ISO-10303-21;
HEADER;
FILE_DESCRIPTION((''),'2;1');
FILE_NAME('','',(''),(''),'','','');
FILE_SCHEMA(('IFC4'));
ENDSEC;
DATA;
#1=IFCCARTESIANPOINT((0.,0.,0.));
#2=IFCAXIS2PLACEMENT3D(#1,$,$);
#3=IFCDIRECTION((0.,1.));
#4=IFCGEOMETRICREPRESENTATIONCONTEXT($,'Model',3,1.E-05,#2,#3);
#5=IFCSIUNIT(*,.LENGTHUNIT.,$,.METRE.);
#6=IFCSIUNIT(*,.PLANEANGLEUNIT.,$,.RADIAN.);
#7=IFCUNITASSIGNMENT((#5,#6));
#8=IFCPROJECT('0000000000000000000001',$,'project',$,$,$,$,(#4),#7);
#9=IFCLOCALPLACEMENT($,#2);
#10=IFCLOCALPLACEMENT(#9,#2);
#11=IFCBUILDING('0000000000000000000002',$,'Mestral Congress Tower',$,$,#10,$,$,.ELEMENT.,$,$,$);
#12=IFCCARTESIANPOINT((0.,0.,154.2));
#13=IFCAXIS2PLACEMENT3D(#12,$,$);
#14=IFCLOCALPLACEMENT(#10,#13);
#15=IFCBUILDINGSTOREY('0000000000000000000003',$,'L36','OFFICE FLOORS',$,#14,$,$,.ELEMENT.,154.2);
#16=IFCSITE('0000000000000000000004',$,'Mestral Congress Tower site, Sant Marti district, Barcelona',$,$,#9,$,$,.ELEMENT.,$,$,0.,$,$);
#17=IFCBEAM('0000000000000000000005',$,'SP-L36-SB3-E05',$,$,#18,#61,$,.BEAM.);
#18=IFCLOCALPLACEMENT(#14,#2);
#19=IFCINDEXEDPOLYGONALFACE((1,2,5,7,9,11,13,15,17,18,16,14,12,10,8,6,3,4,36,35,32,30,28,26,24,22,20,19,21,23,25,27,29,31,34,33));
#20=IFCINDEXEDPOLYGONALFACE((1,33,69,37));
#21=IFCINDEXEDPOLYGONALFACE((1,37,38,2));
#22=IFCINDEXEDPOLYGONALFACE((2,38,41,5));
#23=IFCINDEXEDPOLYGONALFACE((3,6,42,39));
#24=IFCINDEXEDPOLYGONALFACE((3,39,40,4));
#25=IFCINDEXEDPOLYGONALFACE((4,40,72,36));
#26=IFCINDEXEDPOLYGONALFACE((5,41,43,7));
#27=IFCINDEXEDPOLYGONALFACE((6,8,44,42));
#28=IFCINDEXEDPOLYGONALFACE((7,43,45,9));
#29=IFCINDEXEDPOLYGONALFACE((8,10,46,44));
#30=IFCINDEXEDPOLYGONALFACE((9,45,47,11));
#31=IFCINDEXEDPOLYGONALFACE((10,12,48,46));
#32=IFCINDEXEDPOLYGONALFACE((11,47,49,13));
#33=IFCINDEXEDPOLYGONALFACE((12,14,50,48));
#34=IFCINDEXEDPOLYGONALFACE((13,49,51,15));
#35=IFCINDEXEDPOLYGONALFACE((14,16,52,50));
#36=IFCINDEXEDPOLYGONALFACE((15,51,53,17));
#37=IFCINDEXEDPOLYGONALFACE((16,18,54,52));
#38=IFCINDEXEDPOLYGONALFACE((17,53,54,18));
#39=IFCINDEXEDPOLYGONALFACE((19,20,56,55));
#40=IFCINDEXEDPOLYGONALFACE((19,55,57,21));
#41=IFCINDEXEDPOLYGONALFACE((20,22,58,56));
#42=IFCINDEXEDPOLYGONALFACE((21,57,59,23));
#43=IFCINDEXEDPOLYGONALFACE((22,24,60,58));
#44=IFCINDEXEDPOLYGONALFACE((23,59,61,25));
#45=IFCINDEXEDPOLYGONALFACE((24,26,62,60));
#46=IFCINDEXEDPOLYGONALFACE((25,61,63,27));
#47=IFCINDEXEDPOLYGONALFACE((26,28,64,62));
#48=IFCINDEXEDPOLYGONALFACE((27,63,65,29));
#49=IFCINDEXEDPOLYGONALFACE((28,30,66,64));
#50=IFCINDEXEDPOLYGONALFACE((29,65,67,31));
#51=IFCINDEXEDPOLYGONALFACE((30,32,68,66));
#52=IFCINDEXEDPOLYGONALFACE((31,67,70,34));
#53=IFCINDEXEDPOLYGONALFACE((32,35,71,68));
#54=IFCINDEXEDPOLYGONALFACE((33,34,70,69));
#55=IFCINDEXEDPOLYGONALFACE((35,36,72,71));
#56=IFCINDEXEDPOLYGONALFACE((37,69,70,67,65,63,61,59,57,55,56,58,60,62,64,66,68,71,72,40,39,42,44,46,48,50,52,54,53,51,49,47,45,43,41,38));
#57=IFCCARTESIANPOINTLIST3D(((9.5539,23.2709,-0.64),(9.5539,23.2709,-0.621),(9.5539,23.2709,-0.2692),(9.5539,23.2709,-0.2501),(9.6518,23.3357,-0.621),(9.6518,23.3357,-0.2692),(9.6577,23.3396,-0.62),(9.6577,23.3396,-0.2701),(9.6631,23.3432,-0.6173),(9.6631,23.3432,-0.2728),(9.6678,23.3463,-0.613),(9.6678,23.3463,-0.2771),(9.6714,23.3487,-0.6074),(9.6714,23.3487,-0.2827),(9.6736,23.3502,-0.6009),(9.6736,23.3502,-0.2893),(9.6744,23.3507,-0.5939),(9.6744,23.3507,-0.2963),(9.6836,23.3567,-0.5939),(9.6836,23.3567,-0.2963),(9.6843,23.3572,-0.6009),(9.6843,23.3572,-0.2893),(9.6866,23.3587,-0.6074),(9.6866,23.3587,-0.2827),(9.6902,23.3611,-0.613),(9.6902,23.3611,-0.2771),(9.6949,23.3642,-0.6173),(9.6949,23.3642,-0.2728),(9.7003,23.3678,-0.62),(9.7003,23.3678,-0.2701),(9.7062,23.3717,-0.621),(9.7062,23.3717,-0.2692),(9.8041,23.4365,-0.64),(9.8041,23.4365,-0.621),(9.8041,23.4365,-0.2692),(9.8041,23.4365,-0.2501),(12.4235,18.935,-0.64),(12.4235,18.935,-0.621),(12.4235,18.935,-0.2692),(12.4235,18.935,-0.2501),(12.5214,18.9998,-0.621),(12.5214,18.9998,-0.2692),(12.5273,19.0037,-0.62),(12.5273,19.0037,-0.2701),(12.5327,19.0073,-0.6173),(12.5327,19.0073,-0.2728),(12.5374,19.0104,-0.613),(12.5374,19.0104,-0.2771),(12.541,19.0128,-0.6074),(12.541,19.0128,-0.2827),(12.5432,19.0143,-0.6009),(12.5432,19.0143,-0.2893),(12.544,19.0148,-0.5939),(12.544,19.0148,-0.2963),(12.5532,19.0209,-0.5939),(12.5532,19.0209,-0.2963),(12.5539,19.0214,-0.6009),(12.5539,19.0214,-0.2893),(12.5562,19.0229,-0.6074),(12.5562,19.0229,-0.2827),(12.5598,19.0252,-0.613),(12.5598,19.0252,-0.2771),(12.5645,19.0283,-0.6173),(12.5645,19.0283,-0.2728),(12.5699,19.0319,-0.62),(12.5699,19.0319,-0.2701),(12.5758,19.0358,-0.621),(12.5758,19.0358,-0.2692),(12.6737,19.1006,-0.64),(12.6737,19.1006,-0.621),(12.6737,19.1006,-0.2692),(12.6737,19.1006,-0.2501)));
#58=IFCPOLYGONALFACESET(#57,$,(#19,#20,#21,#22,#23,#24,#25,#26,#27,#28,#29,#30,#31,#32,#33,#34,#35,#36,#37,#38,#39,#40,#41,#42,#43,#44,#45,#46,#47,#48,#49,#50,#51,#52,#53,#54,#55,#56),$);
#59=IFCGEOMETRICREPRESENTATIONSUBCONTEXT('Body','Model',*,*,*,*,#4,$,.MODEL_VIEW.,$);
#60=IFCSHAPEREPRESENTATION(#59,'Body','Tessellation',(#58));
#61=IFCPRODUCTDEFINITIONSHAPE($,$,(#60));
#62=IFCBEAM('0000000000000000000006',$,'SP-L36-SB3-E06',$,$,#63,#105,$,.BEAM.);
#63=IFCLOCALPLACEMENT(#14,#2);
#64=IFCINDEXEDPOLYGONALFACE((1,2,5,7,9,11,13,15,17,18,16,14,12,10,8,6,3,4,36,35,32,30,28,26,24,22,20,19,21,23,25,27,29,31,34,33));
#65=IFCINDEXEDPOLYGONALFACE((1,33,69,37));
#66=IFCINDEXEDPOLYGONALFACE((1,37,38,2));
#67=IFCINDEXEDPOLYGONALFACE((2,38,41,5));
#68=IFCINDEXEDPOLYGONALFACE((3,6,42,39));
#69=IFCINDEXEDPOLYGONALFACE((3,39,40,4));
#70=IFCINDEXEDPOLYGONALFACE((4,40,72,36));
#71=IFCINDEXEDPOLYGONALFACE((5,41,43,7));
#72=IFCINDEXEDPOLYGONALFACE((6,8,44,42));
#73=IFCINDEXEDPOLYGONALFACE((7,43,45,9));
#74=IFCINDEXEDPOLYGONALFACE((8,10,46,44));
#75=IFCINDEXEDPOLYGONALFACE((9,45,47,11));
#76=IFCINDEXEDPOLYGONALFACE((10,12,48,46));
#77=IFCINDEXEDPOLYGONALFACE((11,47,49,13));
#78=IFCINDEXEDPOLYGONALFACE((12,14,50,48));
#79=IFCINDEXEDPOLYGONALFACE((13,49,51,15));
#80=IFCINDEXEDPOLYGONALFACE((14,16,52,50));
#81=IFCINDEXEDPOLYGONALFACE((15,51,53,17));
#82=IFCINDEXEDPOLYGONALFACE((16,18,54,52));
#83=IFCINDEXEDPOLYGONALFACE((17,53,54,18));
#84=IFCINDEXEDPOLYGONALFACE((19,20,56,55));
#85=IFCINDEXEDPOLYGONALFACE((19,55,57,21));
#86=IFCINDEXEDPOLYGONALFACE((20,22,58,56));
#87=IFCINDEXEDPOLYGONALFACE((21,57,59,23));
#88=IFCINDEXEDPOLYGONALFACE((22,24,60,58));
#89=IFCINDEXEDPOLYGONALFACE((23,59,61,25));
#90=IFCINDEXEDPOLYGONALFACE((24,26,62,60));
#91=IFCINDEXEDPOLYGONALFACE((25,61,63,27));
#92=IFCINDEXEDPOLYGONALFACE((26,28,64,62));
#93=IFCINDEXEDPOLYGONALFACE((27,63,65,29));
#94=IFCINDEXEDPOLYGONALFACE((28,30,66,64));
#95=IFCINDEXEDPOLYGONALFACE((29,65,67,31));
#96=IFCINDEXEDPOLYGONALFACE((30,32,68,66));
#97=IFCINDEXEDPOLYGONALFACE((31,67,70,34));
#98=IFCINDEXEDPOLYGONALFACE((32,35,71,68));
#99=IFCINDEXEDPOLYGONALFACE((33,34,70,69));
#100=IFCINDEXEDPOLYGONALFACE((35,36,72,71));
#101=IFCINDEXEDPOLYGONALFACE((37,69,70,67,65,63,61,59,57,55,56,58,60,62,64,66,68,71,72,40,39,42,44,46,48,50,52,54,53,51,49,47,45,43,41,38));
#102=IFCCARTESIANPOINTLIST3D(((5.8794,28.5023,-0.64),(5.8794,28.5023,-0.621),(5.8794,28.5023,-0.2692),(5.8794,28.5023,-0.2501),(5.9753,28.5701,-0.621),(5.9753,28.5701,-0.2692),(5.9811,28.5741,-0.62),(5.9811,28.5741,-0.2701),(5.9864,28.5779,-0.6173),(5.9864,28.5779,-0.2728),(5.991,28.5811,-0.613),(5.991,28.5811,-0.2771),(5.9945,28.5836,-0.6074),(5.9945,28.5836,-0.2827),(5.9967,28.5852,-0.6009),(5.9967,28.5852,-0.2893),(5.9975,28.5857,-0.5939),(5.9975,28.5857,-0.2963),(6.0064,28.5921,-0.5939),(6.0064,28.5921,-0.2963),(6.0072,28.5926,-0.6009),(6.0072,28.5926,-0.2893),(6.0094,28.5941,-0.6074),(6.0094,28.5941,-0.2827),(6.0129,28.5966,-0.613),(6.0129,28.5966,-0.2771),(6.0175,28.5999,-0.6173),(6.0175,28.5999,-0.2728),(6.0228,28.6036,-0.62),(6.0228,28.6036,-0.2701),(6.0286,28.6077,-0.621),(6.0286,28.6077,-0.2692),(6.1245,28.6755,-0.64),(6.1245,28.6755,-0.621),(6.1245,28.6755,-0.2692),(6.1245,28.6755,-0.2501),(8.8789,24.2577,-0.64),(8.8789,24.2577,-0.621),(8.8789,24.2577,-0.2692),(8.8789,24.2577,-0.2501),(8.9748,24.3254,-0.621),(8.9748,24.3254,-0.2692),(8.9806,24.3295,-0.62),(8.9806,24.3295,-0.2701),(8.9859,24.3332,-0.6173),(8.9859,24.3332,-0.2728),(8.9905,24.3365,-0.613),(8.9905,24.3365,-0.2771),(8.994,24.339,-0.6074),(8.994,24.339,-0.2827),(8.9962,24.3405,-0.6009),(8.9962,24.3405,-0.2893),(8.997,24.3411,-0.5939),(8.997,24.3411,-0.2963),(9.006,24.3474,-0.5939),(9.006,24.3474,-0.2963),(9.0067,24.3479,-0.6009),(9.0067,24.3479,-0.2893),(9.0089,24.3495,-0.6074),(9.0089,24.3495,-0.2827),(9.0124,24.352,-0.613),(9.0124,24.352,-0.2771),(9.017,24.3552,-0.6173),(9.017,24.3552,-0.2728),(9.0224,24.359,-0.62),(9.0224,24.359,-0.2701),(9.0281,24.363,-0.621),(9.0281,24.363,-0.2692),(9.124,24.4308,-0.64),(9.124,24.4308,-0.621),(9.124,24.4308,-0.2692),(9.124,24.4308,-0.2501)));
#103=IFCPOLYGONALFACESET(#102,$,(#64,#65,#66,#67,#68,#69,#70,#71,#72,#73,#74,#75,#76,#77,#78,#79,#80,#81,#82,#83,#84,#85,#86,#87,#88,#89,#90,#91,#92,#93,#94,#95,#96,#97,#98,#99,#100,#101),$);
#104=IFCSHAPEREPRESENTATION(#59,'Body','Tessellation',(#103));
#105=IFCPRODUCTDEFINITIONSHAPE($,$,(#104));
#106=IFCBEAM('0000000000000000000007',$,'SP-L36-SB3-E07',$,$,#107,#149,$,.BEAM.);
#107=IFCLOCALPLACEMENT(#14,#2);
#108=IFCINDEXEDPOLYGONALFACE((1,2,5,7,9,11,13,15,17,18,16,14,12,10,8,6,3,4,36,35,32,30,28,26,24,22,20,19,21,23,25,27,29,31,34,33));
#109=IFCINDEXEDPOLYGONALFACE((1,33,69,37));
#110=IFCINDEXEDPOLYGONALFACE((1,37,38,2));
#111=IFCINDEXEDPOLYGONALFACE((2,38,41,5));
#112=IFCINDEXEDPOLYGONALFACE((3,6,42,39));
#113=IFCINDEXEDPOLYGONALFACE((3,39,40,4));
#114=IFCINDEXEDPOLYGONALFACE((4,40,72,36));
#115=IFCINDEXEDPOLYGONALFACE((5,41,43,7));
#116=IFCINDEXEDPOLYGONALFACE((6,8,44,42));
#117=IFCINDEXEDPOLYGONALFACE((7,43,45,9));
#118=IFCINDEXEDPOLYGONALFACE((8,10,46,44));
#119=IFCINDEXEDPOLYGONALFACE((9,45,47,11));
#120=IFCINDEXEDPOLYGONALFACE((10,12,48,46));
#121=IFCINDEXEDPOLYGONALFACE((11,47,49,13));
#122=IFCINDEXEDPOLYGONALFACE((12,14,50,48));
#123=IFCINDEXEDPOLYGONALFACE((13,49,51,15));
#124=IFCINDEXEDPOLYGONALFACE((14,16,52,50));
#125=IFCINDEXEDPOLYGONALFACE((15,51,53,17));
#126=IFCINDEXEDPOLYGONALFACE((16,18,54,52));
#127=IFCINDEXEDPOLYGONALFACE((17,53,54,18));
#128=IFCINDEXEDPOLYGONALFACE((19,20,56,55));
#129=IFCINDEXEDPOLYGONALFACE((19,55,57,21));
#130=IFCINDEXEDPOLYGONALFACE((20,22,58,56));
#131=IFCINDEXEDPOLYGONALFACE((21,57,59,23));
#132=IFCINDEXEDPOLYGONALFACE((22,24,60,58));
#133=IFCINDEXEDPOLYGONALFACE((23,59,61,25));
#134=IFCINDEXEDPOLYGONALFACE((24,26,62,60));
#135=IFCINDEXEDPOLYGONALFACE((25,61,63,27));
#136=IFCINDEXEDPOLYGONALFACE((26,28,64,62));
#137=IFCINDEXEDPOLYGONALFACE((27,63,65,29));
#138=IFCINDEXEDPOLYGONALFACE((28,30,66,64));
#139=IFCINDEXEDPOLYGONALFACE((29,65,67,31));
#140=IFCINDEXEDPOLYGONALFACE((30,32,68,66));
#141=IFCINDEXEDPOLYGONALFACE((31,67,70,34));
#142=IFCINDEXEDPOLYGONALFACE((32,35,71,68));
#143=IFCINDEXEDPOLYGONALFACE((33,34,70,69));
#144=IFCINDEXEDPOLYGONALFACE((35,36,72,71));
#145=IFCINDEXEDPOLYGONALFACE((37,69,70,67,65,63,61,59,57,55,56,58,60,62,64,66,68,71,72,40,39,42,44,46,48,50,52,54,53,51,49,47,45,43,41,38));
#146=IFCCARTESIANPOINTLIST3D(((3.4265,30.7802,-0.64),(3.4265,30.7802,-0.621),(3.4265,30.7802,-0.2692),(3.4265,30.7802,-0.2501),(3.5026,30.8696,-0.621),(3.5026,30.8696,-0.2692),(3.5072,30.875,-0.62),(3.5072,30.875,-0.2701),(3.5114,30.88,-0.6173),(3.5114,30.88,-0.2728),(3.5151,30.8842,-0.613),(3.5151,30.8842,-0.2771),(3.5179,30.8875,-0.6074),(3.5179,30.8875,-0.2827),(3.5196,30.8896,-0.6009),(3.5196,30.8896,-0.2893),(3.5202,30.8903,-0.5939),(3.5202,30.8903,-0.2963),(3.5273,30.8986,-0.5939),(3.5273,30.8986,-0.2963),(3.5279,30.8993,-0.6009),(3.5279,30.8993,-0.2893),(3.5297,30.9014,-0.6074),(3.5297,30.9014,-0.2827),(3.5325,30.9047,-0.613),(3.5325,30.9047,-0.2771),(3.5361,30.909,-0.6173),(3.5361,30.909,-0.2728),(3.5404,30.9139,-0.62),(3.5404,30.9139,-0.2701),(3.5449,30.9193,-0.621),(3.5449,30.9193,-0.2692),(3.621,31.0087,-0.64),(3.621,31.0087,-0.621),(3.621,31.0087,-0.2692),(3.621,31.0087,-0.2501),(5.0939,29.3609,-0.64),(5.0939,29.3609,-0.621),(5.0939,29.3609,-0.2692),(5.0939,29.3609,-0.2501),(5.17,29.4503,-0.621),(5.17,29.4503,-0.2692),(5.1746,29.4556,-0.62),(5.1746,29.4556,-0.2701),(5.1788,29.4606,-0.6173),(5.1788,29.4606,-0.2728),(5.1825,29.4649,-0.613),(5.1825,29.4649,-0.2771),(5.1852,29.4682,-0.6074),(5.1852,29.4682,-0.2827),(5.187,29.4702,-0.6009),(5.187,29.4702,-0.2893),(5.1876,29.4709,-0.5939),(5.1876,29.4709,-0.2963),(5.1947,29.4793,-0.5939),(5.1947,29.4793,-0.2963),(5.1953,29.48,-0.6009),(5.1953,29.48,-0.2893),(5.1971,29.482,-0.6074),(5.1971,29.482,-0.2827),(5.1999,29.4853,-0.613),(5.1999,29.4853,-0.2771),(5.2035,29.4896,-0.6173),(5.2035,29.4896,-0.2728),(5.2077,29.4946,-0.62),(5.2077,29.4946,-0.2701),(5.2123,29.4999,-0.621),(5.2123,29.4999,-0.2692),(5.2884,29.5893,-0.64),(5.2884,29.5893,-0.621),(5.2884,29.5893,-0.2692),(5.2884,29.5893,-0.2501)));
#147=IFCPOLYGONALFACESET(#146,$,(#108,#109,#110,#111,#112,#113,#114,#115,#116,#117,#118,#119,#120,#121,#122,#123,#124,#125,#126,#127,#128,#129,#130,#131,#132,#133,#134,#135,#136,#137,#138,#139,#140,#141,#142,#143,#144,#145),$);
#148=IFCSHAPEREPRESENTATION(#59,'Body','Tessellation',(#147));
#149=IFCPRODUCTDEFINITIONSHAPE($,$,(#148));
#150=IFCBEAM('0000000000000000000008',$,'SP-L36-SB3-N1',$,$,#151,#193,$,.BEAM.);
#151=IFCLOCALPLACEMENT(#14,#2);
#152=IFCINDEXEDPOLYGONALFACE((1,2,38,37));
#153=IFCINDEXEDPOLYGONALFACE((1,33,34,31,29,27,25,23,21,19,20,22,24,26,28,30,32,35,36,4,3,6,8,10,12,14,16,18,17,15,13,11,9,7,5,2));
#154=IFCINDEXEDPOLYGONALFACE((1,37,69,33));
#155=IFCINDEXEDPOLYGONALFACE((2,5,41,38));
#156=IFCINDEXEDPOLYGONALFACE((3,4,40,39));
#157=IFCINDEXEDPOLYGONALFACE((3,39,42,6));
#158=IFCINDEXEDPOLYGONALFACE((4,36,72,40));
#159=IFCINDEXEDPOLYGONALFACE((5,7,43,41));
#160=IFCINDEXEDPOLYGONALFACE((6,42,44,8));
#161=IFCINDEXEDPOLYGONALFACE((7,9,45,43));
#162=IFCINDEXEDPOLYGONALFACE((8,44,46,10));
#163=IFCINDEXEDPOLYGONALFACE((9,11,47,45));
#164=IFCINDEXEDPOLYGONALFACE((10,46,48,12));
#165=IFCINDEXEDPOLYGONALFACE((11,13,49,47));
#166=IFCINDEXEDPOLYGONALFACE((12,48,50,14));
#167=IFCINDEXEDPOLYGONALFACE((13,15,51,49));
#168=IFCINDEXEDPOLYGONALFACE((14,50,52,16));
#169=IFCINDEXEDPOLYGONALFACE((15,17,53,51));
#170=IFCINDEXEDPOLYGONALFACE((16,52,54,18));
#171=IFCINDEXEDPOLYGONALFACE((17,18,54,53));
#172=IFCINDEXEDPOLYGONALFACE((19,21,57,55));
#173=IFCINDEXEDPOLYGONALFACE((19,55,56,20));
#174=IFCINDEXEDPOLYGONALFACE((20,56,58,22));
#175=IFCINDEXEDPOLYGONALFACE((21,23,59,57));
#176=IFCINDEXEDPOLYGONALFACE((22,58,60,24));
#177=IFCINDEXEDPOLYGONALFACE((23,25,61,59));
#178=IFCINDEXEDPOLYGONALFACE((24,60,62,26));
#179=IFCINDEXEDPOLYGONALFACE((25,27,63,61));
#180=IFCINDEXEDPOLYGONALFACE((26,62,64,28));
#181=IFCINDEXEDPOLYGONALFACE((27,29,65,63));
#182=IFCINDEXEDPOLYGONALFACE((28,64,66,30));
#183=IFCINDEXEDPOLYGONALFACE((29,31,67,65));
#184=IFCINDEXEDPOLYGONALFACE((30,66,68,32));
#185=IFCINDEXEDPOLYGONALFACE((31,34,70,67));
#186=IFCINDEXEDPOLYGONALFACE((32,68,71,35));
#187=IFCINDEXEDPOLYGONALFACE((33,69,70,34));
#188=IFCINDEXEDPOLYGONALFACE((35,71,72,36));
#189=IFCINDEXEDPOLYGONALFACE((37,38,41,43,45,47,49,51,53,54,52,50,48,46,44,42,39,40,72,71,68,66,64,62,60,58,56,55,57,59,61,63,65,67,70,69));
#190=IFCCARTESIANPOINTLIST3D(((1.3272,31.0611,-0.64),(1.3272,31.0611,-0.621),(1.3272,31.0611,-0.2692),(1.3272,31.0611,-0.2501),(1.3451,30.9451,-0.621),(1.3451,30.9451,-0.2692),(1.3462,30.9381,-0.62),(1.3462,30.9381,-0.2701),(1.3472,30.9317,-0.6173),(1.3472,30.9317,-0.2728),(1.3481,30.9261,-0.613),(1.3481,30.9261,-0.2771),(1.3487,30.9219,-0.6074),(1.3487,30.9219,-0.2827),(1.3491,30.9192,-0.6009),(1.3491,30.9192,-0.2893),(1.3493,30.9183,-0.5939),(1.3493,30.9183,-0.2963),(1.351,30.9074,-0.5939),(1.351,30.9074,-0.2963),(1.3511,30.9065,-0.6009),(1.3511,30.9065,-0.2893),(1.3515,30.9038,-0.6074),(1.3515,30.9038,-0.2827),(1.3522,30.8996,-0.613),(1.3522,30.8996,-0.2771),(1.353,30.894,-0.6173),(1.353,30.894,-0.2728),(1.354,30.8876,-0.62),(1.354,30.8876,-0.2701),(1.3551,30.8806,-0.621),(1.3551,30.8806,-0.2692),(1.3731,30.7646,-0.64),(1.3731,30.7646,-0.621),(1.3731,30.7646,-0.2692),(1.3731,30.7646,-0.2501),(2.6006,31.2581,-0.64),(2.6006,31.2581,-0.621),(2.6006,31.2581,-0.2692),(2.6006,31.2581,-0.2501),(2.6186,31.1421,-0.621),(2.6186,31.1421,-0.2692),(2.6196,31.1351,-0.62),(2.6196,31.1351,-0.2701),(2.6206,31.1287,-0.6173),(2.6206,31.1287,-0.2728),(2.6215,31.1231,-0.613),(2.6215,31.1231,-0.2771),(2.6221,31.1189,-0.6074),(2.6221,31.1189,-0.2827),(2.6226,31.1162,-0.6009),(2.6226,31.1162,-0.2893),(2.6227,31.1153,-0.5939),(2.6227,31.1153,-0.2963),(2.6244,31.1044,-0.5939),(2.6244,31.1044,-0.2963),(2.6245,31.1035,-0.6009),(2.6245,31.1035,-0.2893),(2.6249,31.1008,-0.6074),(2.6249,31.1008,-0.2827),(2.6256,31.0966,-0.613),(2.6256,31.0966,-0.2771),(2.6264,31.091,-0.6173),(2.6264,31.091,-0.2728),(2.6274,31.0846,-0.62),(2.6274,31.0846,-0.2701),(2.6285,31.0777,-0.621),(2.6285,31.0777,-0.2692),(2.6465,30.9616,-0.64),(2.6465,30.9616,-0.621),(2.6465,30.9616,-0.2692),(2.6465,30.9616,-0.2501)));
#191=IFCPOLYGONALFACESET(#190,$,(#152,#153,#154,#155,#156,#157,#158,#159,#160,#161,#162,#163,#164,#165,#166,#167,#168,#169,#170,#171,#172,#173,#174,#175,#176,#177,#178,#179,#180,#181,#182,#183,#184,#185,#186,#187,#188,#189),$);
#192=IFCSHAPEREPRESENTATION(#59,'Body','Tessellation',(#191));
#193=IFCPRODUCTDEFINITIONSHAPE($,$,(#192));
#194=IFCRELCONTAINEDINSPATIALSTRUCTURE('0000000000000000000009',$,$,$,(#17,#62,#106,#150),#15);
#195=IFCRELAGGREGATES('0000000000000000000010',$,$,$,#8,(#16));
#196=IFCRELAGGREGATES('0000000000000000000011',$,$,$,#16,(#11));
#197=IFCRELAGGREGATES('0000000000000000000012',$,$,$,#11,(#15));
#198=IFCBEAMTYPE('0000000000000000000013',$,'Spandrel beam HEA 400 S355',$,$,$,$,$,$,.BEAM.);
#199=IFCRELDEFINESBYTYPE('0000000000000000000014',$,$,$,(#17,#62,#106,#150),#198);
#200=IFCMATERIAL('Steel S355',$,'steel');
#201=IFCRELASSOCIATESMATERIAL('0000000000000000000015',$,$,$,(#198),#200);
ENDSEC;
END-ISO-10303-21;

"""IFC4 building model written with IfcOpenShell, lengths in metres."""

from ifc_helpers import new_model, si_unit, direction, frame, origin, origin_2d, place, context, subcontext, project, spatial, i_section, extrude, material, material_profile, profile_set, type_object, element, save


model = new_model("IFC4")

# Units and contexts
model_context = context("Model", 3, precision=1e-05, world=origin(), true_north=direction((0.0, 1.0)))
body_context = subcontext(model_context, "Body", "Model", "MODEL_VIEW")
ifc_project = project(units=[si_unit("LENGTHUNIT", "METRE"), si_unit("PLANEANGLEUNIT", "RADIAN")], contexts=[model_context])

# Site, building, storey
site_placement = place(None, origin())
site = spatial("IfcSite", under=ifc_project, at=site_placement, Name="Mestral Congress Tower site, Sant Marti district, Barcelona", CompositionType="ELEMENT", RefElevation=0.0)
building_placement = place(site_placement, origin())
building = spatial("IfcBuilding", under=site, at=building_placement, Name="Mestral Congress Tower", CompositionType="ELEMENT")
storey_placement = place(building_placement, frame((0.0, 0.0, 154.2)))
storey = spatial("IfcBuildingStorey", under=building, at=storey_placement, Name="L36", Description="OFFICE FLOORS", CompositionType="ELEMENT", Elevation=154.2)

# Beams
ifc_material_1 = material(Name="Steel S355", Category="steel")
ifc_material_profile_1 = material_profile(ifc_material_1, i_section(OverallWidth=0.3, OverallDepth=0.3899, WebThickness=0.011, FlangeThickness=0.019, FilletRadius=0.0271, at=origin_2d()), Name="HEA 400")
ifc_profile_set_1 = profile_set([ifc_material_profile_1], Name="Steel S355")
beam_type_1 = type_object("IfcBeamType", Name="Spandrel beam HEA 400 S355", PredefinedType="BEAM", material=ifc_profile_set_1)
beam_1_placement = place(storey_placement, frame((12.5486, 19.0178, -0.4451), z_axis=(-0.551901, 0.833909, 0.0), x_axis=(-0.833909, -0.551901, 0.0)))
element("IfcBeam", 1, at=beam_1_placement, inside=storey, type_object=beam_type_1, Name="SP-L36-SB3-E05", PredefinedType="BEAM", context=body_context, shape_type="SweptSolid", body=[
    extrude(i_section(OverallWidth=0.3, OverallDepth=0.3899, WebThickness=0.011, FlangeThickness=0.019, FilletRadius=0.0271, at=origin_2d()), origin(), (0.0, 0.0, 1.0), 5.1995),
])
beam_2_placement = place(storey_placement, frame((9.0015, 24.3442, -0.4451), z_axis=(-0.577107, 0.816668, 0.0), x_axis=(-0.816668, -0.577107, 0.0)))
element("IfcBeam", 2, at=beam_2_placement, inside=storey, type_object=beam_type_1, Name="SP-L36-SB3-E06", PredefinedType="BEAM", context=body_context, shape_type="SweptSolid", body=[
    extrude(i_section(OverallWidth=0.3, OverallDepth=0.3899, WebThickness=0.011, FlangeThickness=0.019, FilletRadius=0.0271, at=origin_2d()), origin(), (0.0, 0.0, 1.0), 5.1975),
])
beam_3_placement = place(storey_placement, frame((5.1912, 29.4751, -0.4451), z_axis=(-0.761471, 0.648198, 0.0), x_axis=(-0.648198, -0.761471, 0.0)))
element("IfcBeam", 3, at=beam_3_placement, inside=storey, type_object=beam_type_1, Name="SP-L36-SB3-E07", PredefinedType="BEAM", context=body_context, shape_type="SweptSolid", body=[
    extrude(i_section(OverallWidth=0.3, OverallDepth=0.3899, WebThickness=0.011, FlangeThickness=0.019, FilletRadius=0.0271, at=origin_2d()), origin(), (0.0, 0.0, 1.0), 2.1897),
])
beam_4_placement = place(storey_placement, frame((2.6235, 31.1099, -0.4451), z_axis=(-0.988242, -0.152897, 0.0), x_axis=(0.152897, -0.988242, 0.0)))
element("IfcBeam", 4, at=beam_4_placement, inside=storey, type_object=beam_type_1, Name="SP-L36-SB3-N1", PredefinedType="BEAM", context=body_context, shape_type="SweptSolid", body=[
    extrude(i_section(OverallWidth=0.3, OverallDepth=0.3899, WebThickness=0.011, FlangeThickness=0.019, FilletRadius=0.0271, at=origin_2d()), origin(), (0.0, 0.0, 1.0), 1.2886),
])

save(model, "model.ifc")
